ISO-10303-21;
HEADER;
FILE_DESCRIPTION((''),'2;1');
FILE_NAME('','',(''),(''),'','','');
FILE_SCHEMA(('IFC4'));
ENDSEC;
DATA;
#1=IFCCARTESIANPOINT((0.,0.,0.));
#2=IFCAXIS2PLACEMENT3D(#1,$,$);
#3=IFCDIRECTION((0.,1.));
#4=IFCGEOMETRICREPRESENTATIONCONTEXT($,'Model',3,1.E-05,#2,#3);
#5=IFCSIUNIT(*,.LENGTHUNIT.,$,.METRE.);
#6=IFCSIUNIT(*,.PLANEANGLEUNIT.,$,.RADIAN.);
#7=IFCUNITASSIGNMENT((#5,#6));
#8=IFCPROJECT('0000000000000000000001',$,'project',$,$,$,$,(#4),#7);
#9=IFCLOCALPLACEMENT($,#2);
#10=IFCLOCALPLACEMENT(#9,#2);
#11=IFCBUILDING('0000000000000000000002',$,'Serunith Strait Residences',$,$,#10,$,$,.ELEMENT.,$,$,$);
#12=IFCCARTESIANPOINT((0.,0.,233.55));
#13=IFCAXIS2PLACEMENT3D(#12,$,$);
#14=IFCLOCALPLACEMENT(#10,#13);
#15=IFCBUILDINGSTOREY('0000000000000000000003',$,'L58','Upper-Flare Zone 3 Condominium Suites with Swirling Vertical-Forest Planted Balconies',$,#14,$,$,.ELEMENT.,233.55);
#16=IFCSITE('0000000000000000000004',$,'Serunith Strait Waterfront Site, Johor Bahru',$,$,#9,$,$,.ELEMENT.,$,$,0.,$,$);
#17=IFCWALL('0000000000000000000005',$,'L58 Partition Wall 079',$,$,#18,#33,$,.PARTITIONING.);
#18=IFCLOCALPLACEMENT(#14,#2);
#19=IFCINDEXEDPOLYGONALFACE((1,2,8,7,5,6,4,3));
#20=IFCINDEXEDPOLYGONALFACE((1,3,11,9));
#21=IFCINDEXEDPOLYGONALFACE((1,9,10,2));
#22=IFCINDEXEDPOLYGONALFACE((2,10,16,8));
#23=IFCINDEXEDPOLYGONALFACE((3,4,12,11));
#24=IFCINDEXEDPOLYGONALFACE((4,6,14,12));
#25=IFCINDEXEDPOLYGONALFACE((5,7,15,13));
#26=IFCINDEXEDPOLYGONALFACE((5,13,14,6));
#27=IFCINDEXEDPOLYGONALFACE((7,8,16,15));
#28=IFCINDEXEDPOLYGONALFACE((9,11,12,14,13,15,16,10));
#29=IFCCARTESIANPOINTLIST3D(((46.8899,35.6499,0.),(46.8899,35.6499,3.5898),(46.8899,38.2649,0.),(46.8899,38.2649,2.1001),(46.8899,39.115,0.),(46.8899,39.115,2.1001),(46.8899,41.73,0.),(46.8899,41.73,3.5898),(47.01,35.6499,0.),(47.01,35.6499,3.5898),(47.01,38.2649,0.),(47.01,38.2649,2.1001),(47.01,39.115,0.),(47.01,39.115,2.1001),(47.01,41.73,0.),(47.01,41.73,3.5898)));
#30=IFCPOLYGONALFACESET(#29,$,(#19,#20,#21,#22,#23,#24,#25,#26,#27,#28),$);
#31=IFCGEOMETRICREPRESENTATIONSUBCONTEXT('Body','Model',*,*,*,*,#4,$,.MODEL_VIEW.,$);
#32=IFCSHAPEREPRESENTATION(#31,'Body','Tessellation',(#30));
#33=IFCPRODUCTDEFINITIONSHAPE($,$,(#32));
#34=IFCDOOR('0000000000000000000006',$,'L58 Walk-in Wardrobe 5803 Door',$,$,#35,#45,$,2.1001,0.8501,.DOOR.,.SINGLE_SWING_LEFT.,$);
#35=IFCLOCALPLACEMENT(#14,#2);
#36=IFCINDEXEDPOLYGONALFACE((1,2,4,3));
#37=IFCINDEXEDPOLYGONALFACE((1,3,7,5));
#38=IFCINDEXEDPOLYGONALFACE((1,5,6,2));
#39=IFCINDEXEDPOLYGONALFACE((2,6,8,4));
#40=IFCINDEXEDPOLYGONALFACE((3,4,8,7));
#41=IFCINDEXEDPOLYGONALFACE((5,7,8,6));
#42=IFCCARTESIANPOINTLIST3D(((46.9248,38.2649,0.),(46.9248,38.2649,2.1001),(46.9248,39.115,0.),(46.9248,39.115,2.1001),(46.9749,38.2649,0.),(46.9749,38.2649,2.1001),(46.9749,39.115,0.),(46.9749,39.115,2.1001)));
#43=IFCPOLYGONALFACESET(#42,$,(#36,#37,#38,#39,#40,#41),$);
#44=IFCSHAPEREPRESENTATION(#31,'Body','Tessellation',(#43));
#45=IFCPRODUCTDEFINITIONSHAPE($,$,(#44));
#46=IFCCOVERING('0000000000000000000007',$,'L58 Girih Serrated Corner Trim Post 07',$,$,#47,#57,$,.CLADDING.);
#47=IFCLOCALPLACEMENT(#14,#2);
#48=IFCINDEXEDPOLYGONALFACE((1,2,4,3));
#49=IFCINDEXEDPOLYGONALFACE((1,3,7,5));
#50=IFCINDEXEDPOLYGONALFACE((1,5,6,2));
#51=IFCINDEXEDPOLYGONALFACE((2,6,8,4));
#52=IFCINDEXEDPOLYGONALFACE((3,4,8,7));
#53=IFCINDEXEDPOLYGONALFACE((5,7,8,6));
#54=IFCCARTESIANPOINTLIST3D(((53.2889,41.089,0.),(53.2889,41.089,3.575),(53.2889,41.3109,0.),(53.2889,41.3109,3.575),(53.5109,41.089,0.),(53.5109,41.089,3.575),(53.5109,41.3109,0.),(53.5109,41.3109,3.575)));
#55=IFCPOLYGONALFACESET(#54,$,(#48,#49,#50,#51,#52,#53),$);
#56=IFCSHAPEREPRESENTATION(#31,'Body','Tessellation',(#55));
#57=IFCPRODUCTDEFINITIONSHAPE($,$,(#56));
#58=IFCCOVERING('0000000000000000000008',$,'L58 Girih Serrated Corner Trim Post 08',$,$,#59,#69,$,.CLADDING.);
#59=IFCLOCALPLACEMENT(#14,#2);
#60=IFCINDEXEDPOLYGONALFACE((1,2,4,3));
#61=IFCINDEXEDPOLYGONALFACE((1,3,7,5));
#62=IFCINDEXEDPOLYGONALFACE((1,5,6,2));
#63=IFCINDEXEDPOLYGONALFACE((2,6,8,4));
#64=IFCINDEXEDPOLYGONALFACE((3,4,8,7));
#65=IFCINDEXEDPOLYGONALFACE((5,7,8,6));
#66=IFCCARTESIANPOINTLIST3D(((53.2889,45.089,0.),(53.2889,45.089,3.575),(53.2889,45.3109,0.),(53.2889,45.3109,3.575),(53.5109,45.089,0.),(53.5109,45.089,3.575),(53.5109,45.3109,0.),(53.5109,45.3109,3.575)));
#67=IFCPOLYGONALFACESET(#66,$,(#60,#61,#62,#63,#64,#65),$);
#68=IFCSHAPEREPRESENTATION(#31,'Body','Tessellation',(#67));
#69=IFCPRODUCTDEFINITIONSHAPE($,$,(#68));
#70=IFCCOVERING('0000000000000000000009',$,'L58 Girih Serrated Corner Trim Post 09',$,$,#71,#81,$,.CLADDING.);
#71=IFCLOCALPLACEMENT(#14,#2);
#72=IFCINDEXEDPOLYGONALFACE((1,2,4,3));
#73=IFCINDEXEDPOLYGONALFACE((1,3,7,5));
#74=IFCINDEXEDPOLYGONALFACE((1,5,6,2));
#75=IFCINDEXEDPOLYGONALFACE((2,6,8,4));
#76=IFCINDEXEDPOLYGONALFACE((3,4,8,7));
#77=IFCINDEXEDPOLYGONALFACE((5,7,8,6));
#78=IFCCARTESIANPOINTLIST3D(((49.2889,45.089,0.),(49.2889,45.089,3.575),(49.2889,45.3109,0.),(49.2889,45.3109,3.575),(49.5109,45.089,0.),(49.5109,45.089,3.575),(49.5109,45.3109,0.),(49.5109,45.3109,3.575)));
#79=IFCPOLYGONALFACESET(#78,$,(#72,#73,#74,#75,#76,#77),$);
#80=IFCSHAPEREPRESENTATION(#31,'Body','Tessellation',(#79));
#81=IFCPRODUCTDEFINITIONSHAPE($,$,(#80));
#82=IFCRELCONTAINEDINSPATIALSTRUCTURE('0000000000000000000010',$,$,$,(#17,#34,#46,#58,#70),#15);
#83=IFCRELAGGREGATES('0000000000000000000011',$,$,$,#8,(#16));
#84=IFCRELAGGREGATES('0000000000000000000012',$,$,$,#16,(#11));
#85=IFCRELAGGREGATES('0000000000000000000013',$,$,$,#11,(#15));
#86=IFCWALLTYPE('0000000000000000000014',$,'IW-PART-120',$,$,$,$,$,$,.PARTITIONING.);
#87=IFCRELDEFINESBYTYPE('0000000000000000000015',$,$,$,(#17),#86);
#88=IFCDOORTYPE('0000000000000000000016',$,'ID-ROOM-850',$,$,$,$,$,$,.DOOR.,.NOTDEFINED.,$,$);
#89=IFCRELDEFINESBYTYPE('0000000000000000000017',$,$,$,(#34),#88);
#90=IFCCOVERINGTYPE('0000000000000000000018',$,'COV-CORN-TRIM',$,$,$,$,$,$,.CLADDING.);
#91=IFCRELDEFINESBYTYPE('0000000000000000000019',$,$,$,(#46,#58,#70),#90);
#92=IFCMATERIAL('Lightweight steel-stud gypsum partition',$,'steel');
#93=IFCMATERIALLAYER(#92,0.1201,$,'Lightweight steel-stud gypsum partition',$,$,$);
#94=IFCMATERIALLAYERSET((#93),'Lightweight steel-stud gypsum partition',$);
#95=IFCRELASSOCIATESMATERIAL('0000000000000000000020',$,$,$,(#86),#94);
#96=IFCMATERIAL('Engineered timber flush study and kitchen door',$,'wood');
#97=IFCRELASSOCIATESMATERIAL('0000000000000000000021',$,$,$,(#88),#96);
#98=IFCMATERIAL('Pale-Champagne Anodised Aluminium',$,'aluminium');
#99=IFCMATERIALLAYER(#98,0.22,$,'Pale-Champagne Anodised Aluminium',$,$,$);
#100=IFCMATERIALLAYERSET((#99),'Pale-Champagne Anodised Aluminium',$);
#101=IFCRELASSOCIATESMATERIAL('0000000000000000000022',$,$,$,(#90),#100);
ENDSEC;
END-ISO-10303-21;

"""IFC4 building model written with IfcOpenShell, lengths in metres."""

from ifc_helpers import new_model, si_unit, direction, frame, frame_2d, origin, origin_2d, place, context, subcontext, project, spatial, rectangle, extrude, source, transform, mapped, material, layer, layer_set, type_object, element, fill, save


model = new_model("IFC4")

# Units and contexts
model_context = context("Model", 3, precision=1e-05, world=origin(), true_north=direction((0.0, 1.0)))
body_context = subcontext(model_context, "Body", "Model", "MODEL_VIEW")
ifc_project = project(units=[si_unit("LENGTHUNIT", "METRE"), si_unit("PLANEANGLEUNIT", "RADIAN")], contexts=[model_context])

# Site, building, storey
site_placement = place(None, origin())
site = spatial("IfcSite", under=ifc_project, at=site_placement, Name="Serunith Strait Waterfront Site, Johor Bahru", CompositionType="ELEMENT", RefElevation=0.0)
building_placement = place(site_placement, origin())
building = spatial("IfcBuilding", under=site, at=building_placement, Name="Serunith Strait Residences", CompositionType="ELEMENT")
storey_placement = place(building_placement, frame((0.0, 0.0, 233.55)))
storey = spatial("IfcBuildingStorey", under=building, at=storey_placement, Name="L58", Description="Upper-Flare Zone 3 Condominium Suites with Swirling Vertical-Forest Planted Balconies", CompositionType="ELEMENT", Elevation=233.55)

# Shared definitions
ifc_material_1 = material(Name="Pale-Champagne Anodised Aluminium", Category="aluminium")

# Shared definitions
ifc_material_2 = material(Name="Lightweight steel-stud gypsum partition", Category="steel")
ifc_layer_1 = layer(ifc_material_2, 0.1201, Name="Lightweight steel-stud gypsum partition")
ifc_layer_set_1 = layer_set([ifc_layer_1], Name="Lightweight steel-stud gypsum partition")
wall_type_1 = type_object("IfcWallType", Name="IW-PART-120", PredefinedType="PARTITIONING", material=ifc_layer_set_1)

# Wall, opening, door
wall_1_placement = place(storey_placement, frame((46.95, 41.73, 0.0), z_axis=(0.0, 0.0, 1.0), x_axis=(0.0, -1.0, 0.0)))
wall_1 = element("IfcWall", 1, at=wall_1_placement, inside=storey, type_object=wall_type_1, Name="L58 Partition Wall 079", PredefinedType="PARTITIONING", context=body_context, shape_type="SweptSolid", body=[
    extrude(rectangle(XDim=6.0801, YDim=0.1201, at=frame_2d((3.04, 0.0))), origin(), (0.0, 0.0, 1.0), 3.5898),
])
opening_1_placement = place(wall_1_placement, frame((2.615, 0.0, 0.0)))
opening_1 = element("IfcOpeningElement", 2, at=opening_1_placement, cuts=wall_1, PredefinedType="OPENING", context=body_context, shape_type="SweptSolid", body=[
    extrude(rectangle(XDim=0.8501, YDim=2.1001, at=frame_2d((0.425, 1.05))), frame((0.0, 0.0701, 0.0), z_axis=(0.0, -1.0, 0.0), x_axis=(1.0, 0.0, 0.0)), (0.0, 0.0, 1.0), 0.1401),
])
ifc_material_3 = material(Name="Engineered timber flush study and kitchen door", Category="wood")
door_type_1 = type_object("IfcDoorType", Name="ID-ROOM-850", OperationType="NOTDEFINED", PredefinedType="DOOR", material=ifc_material_3)
shared_shape_1 = source(origin(), body_context, "Body", "SweptSolid", [
    extrude(rectangle(XDim=0.8501, YDim=2.1001, at=frame_2d((0.425, 1.05))), frame((0.0, 0.0249, 0.0), z_axis=(0.0, -1.0, 0.0), x_axis=(1.0, 0.0, 0.0)), (0.0, 0.0, 1.0), 0.05),
])
door_1_placement = place(opening_1_placement, origin())
door_1 = element("IfcDoor", 3, at=door_1_placement, inside=storey, type_object=door_type_1, Name="L58 Walk-in Wardrobe 5803 Door", OperationType="SINGLE_SWING_LEFT", OverallHeight=2.1001, OverallWidth=0.8501, PredefinedType="DOOR", context=body_context, shape_type="MappedRepresentation", body=[
    mapped(shared_shape_1, transform((0.0, 0.0, 0.0), scale=1.0)),
])
fill(opening_1, door_1)

# Coverings
ifc_layer_2 = layer(ifc_material_1, 0.22, Name="Pale-Champagne Anodised Aluminium")
ifc_layer_set_2 = layer_set([ifc_layer_2], Name="Pale-Champagne Anodised Aluminium")
covering_type = type_object("IfcCoveringType", Name="COV-CORN-TRIM", PredefinedType="CLADDING", material=ifc_layer_set_2)
shared_shape_2 = source(origin(), body_context, "Body", "SweptSolid", [
    extrude(rectangle(XDim=0.2219, YDim=0.2219, at=origin_2d()), origin(), (0.0, 0.0, 1.0), 3.575),
])
for number, where, z_axis, x_axis, name in (
    (4, (53.3999, 41.2, 0.0), (0.0, 0.0, 1.0), (1.0, 0.0, 0.0), "L58 Girih Serrated Corner Trim Post 07"),
    (5, (53.3999, 45.2, 0.0), (0.0, 0.0, 1.0), (1.0, 0.0, 0.0), "L58 Girih Serrated Corner Trim Post 08"),
    (6, (49.3999, 45.2, 0.0), (0.0, 0.0, 1.0), (1.0, 0.0, 0.0), "L58 Girih Serrated Corner Trim Post 09"),
):
    element("IfcCovering", number, at=place(storey_placement, frame(where, z_axis=z_axis, x_axis=x_axis)), inside=storey, type_object=covering_type, Name=name, PredefinedType="CLADDING", context=body_context, shape_type="MappedRepresentation", body=[
        mapped(shared_shape_2, transform((0.0, 0.0, 0.0), scale=1.0)),
    ])

save(model, "model.ifc")
